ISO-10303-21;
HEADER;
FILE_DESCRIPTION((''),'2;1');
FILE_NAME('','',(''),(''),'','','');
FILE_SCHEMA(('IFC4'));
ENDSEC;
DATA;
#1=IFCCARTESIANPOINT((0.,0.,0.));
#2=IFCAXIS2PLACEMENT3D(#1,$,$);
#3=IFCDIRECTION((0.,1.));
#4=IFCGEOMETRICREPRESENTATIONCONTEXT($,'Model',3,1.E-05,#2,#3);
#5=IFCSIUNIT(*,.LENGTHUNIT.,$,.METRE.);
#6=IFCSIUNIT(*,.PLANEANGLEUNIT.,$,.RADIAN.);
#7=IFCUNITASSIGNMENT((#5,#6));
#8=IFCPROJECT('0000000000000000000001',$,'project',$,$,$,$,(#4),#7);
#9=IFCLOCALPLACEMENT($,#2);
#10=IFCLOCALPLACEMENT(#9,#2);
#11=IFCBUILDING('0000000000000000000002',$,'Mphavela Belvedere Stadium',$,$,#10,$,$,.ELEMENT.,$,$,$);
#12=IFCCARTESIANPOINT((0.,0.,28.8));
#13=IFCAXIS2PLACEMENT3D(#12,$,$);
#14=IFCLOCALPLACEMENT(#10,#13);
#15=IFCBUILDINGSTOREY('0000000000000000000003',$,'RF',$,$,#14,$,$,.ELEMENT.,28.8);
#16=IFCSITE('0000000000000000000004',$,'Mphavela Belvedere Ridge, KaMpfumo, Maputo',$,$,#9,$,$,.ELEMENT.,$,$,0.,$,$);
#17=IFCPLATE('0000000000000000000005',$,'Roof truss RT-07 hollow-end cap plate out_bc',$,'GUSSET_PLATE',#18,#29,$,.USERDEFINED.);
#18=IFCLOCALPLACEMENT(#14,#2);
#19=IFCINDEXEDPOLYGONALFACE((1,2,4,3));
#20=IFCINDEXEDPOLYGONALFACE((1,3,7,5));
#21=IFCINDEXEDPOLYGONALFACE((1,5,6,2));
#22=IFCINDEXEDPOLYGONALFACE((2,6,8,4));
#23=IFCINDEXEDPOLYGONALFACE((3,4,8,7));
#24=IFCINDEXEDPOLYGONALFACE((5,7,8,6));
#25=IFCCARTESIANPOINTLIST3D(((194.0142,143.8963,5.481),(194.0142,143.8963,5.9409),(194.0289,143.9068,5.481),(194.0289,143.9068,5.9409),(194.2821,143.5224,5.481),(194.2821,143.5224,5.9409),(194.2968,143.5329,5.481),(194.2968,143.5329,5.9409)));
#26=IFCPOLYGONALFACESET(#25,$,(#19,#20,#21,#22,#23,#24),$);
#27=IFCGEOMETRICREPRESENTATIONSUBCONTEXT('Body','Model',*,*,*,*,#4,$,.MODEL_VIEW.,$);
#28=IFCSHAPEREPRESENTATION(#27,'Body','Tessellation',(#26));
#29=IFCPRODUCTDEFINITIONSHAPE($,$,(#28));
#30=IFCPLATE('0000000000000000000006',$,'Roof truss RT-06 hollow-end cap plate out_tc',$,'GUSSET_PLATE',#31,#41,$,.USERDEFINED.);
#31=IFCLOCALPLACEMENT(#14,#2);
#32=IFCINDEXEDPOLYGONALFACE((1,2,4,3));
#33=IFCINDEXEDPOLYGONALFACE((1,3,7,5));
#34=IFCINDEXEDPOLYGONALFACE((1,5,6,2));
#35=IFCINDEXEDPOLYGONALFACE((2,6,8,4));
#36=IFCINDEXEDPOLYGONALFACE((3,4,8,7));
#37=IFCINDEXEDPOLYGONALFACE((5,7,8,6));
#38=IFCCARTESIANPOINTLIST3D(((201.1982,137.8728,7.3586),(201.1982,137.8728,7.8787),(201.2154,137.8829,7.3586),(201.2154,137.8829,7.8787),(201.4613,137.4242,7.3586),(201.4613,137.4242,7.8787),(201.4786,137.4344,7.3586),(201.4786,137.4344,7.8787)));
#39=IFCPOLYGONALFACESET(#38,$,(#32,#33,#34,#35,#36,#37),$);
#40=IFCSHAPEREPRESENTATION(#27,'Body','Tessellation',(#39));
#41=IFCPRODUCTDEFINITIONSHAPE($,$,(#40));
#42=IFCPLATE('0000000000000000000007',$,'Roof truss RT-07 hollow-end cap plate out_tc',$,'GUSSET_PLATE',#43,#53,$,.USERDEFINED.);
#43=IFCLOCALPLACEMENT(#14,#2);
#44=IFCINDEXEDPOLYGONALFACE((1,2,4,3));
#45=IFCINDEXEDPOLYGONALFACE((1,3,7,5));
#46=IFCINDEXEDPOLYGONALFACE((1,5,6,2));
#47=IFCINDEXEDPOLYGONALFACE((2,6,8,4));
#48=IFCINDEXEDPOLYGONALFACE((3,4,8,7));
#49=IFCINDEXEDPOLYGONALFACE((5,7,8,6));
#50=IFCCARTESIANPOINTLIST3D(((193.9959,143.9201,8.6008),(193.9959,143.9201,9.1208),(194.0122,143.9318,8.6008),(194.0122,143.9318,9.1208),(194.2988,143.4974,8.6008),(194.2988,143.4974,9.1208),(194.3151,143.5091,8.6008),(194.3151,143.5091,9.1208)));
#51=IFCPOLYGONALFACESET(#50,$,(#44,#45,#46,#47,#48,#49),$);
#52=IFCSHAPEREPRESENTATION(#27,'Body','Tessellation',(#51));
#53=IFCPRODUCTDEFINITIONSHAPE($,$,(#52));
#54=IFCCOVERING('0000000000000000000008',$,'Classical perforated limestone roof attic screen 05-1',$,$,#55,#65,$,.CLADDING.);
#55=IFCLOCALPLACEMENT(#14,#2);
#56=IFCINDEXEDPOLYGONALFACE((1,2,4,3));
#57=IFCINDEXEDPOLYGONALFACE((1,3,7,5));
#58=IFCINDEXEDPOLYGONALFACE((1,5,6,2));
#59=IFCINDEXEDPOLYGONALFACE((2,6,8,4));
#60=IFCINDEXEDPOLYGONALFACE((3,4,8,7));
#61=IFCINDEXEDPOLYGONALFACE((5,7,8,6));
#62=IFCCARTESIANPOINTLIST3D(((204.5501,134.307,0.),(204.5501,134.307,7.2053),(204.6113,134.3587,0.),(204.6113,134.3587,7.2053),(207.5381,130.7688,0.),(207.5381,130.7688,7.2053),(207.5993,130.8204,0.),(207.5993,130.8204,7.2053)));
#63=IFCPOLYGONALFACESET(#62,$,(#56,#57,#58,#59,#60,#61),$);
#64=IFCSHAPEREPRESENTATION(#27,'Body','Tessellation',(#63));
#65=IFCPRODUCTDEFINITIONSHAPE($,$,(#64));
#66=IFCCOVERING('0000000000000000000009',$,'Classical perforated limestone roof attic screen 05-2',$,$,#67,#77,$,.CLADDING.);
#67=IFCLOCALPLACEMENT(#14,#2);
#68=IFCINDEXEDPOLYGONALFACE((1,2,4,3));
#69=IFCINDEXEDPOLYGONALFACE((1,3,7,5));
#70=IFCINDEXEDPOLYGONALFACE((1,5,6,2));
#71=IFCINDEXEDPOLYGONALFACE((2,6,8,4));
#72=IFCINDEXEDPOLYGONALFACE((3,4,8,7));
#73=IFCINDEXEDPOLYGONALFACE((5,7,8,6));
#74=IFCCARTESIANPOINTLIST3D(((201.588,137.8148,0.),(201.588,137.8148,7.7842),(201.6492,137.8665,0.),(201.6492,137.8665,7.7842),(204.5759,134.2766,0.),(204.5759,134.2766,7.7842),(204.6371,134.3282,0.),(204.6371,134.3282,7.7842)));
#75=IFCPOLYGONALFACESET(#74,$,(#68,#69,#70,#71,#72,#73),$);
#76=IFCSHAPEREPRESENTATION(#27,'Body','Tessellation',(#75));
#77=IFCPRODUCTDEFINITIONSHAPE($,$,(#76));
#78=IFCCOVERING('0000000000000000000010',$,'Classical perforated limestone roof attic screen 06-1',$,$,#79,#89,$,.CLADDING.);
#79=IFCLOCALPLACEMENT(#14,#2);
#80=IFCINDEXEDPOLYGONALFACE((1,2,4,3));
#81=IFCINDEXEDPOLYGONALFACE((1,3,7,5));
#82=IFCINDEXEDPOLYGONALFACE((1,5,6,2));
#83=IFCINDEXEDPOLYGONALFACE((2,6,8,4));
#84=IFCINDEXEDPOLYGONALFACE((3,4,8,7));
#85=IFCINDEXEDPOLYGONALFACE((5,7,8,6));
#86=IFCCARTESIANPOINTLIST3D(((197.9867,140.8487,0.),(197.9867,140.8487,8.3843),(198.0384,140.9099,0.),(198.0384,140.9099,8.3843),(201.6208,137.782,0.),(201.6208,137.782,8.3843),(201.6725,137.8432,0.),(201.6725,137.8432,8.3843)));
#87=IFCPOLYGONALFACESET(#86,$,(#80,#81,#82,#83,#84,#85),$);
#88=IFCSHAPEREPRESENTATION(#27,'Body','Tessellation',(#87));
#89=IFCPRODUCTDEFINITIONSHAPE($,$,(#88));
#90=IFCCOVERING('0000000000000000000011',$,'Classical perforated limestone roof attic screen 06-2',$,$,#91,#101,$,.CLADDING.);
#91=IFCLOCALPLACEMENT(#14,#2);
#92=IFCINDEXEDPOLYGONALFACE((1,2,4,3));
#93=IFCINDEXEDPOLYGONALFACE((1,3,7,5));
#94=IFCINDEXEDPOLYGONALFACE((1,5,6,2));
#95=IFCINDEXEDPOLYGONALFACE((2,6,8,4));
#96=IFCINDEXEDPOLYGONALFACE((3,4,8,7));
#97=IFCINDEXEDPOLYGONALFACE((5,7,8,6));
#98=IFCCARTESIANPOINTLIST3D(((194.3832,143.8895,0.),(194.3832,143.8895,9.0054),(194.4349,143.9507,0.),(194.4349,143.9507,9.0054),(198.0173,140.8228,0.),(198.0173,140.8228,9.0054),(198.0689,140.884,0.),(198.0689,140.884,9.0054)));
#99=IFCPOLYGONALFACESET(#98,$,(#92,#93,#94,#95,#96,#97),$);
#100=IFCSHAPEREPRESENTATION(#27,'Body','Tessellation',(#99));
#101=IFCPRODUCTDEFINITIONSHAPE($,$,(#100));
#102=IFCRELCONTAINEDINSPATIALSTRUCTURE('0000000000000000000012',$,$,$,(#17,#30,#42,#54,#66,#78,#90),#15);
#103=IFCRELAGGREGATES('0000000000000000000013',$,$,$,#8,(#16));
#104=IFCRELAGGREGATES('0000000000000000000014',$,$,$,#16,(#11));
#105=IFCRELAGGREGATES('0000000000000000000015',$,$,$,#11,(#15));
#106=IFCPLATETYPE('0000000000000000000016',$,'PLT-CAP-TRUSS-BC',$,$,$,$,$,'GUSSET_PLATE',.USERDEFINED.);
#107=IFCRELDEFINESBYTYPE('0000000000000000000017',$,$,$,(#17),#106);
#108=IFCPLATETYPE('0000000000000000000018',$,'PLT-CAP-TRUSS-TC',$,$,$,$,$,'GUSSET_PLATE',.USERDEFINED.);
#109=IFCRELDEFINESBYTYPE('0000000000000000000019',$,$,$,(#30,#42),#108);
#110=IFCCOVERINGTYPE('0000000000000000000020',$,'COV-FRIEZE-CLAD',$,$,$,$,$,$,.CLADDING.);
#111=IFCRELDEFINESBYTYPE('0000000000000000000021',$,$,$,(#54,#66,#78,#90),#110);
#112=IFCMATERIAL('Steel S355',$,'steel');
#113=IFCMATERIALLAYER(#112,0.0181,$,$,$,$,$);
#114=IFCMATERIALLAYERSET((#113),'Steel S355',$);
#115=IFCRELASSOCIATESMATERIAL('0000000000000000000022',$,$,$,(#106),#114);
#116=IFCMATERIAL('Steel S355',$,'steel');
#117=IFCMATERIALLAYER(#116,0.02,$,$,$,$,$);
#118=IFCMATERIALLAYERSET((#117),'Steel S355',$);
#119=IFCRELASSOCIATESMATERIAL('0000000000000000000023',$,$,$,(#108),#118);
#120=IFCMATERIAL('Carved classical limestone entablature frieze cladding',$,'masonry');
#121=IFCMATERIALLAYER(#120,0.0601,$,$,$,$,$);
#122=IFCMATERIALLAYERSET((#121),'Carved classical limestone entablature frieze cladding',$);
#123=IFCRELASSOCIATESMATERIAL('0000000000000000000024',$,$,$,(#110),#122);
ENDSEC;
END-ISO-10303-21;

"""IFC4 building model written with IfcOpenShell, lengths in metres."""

from ifc_helpers import new_model, si_unit, direction, frame, origin, origin_2d, place, context, subcontext, project, spatial, rectangle, extrude, material, layer, layer_set, type_object, element, save


model = new_model("IFC4")

# Units and contexts
model_context = context("Model", 3, precision=1e-05, world=origin(), true_north=direction((0.0, 1.0)))
body_context = subcontext(model_context, "Body", "Model", "MODEL_VIEW")
ifc_project = project(units=[si_unit("LENGTHUNIT", "METRE"), si_unit("PLANEANGLEUNIT", "RADIAN")], contexts=[model_context])

# Site, building, storey
site_placement = place(None, origin())
site = spatial("IfcSite", under=ifc_project, at=site_placement, Name="Mphavela Belvedere Ridge, KaMpfumo, Maputo", CompositionType="ELEMENT", RefElevation=0.0)
building_placement = place(site_placement, origin())
building = spatial("IfcBuilding", under=site, at=building_placement, Name="Mphavela Belvedere Stadium", CompositionType="ELEMENT")
storey_placement = place(building_placement, frame((0.0, 0.0, 28.8)))
storey = spatial("IfcBuildingStorey", under=building, at=storey_placement, Name="RF", CompositionType="ELEMENT", Elevation=28.8)

# Plates
ifc_material_1 = material(Name="Steel S355", Category="steel")
ifc_layer_1 = layer(ifc_material_1, 0.0181)
ifc_layer_set_1 = layer_set([ifc_layer_1], Name="Steel S355")
plate_type_1 = type_object("IfcPlateType", Name="PLT-CAP-TRUSS-BC", ElementType="GUSSET_PLATE", PredefinedType="USERDEFINED", material=ifc_layer_set_1)
plate_1_placement = place(storey_placement, frame((194.1555, 143.7146, 5.481), z_axis=(0.0, 0.0, 1.0), x_axis=(0.812898, 0.582407, 0.0)))
element("IfcPlate", 1, at=plate_1_placement, inside=storey, type_object=plate_type_1, Name="Roof truss RT-07 hollow-end cap plate out_bc", ObjectType="GUSSET_PLATE", PredefinedType="USERDEFINED", context=body_context, shape_type="SweptSolid", body=[
    extrude(rectangle(XDim=0.0181, YDim=0.46, at=origin_2d()), origin(), (0.0, 0.0, 1.0), 0.46),
])
ifc_material_2 = material(Name="Steel S355", Category="steel")
ifc_layer_2 = layer(ifc_material_2, 0.02)
ifc_layer_set_2 = layer_set([ifc_layer_2], Name="Steel S355")
plate_type_2 = type_object("IfcPlateType", Name="PLT-CAP-TRUSS-TC", ElementType="GUSSET_PLATE", PredefinedType="USERDEFINED", material=ifc_layer_set_2)
for number, where, z_axis, x_axis, name in (
    (2, (201.3384, 137.6536, 7.3586), (0.0, 0.0, 1.0), (0.862514, 0.506034, 0.0), "Roof truss RT-06 hollow-end cap plate out_tc"),
    (3, (194.1555, 143.7146, 8.6008), (0.0, 0.0, 1.0), (0.812898, 0.582407, 0.0), "Roof truss RT-07 hollow-end cap plate out_tc"),
):
    element("IfcPlate", number, at=place(storey_placement, frame(where, z_axis=z_axis, x_axis=x_axis)), inside=storey, type_object=plate_type_2, Name=name, ObjectType="GUSSET_PLATE", PredefinedType="USERDEFINED", context=body_context, shape_type="SweptSolid", body=[
        extrude(rectangle(XDim=0.02, YDim=0.52, at=origin_2d()), origin(), (0.0, 0.0, 1.0), 0.52),
    ])

# Coverings
ifc_material_3 = material(Name="Carved classical limestone entablature frieze cladding", Category="masonry")
ifc_layer_3 = layer(ifc_material_3, 0.0601)
ifc_layer_set_3 = layer_set([ifc_layer_3], Name="Carved classical limestone entablature frieze cladding")
covering_type = type_object("IfcCoveringType", Name="COV-FRIEZE-CLAD", PredefinedType="CLADDING", material=ifc_layer_set_3)
covering_1_placement = place(storey_placement, frame((206.0747, 132.5637, 0.0), z_axis=(0.0, 0.0, 1.0), x_axis=(-0.645191, 0.764021, 0.0)))
element("IfcCovering", 4, at=covering_1_placement, inside=storey, type_object=covering_type, Name="Classical perforated limestone roof attic screen 05-1", PredefinedType="CLADDING", context=body_context, shape_type="SweptSolid", body=[
    extrude(rectangle(XDim=4.6311, YDim=0.0801, at=origin_2d()), origin(), (0.0, 0.0, 1.0), 7.2053),
])
covering_2_placement = place(storey_placement, frame((203.1125, 136.0715, 0.0), z_axis=(0.0, 0.0, 1.0), x_axis=(-0.645191, 0.764021, 0.0)))
element("IfcCovering", 5, at=covering_2_placement, inside=storey, type_object=covering_type, Name="Classical perforated limestone roof attic screen 05-2", PredefinedType="CLADDING", context=body_context, shape_type="SweptSolid", body=[
    extrude(rectangle(XDim=4.6311, YDim=0.0801, at=origin_2d()), origin(), (0.0, 0.0, 1.0), 7.7842),
])
covering_3_placement = place(storey_placement, frame((199.8296, 139.3459, 0.0), z_axis=(0.0, 0.0, 1.0), x_axis=(-0.764246, 0.644924, 0.0)))
element("IfcCovering", 6, at=covering_3_placement, inside=storey, type_object=covering_type, Name="Classical perforated limestone roof attic screen 06-1", PredefinedType="CLADDING", context=body_context, shape_type="SweptSolid", body=[
    extrude(rectangle(XDim=4.7551, YDim=0.0801, at=origin_2d()), origin(), (0.0, 0.0, 1.0), 8.3843),
])
covering_4_placement = place(storey_placement, frame((196.2261, 142.3867, 0.0), z_axis=(0.0, 0.0, 1.0), x_axis=(-0.764246, 0.644924, 0.0)))
element("IfcCovering", 7, at=covering_4_placement, inside=storey, type_object=covering_type, Name="Classical perforated limestone roof attic screen 06-2", PredefinedType="CLADDING", context=body_context, shape_type="SweptSolid", body=[
    extrude(rectangle(XDim=4.7551, YDim=0.0801, at=origin_2d()), origin(), (0.0, 0.0, 1.0), 9.0054),
])

save(model, "model.ifc")
